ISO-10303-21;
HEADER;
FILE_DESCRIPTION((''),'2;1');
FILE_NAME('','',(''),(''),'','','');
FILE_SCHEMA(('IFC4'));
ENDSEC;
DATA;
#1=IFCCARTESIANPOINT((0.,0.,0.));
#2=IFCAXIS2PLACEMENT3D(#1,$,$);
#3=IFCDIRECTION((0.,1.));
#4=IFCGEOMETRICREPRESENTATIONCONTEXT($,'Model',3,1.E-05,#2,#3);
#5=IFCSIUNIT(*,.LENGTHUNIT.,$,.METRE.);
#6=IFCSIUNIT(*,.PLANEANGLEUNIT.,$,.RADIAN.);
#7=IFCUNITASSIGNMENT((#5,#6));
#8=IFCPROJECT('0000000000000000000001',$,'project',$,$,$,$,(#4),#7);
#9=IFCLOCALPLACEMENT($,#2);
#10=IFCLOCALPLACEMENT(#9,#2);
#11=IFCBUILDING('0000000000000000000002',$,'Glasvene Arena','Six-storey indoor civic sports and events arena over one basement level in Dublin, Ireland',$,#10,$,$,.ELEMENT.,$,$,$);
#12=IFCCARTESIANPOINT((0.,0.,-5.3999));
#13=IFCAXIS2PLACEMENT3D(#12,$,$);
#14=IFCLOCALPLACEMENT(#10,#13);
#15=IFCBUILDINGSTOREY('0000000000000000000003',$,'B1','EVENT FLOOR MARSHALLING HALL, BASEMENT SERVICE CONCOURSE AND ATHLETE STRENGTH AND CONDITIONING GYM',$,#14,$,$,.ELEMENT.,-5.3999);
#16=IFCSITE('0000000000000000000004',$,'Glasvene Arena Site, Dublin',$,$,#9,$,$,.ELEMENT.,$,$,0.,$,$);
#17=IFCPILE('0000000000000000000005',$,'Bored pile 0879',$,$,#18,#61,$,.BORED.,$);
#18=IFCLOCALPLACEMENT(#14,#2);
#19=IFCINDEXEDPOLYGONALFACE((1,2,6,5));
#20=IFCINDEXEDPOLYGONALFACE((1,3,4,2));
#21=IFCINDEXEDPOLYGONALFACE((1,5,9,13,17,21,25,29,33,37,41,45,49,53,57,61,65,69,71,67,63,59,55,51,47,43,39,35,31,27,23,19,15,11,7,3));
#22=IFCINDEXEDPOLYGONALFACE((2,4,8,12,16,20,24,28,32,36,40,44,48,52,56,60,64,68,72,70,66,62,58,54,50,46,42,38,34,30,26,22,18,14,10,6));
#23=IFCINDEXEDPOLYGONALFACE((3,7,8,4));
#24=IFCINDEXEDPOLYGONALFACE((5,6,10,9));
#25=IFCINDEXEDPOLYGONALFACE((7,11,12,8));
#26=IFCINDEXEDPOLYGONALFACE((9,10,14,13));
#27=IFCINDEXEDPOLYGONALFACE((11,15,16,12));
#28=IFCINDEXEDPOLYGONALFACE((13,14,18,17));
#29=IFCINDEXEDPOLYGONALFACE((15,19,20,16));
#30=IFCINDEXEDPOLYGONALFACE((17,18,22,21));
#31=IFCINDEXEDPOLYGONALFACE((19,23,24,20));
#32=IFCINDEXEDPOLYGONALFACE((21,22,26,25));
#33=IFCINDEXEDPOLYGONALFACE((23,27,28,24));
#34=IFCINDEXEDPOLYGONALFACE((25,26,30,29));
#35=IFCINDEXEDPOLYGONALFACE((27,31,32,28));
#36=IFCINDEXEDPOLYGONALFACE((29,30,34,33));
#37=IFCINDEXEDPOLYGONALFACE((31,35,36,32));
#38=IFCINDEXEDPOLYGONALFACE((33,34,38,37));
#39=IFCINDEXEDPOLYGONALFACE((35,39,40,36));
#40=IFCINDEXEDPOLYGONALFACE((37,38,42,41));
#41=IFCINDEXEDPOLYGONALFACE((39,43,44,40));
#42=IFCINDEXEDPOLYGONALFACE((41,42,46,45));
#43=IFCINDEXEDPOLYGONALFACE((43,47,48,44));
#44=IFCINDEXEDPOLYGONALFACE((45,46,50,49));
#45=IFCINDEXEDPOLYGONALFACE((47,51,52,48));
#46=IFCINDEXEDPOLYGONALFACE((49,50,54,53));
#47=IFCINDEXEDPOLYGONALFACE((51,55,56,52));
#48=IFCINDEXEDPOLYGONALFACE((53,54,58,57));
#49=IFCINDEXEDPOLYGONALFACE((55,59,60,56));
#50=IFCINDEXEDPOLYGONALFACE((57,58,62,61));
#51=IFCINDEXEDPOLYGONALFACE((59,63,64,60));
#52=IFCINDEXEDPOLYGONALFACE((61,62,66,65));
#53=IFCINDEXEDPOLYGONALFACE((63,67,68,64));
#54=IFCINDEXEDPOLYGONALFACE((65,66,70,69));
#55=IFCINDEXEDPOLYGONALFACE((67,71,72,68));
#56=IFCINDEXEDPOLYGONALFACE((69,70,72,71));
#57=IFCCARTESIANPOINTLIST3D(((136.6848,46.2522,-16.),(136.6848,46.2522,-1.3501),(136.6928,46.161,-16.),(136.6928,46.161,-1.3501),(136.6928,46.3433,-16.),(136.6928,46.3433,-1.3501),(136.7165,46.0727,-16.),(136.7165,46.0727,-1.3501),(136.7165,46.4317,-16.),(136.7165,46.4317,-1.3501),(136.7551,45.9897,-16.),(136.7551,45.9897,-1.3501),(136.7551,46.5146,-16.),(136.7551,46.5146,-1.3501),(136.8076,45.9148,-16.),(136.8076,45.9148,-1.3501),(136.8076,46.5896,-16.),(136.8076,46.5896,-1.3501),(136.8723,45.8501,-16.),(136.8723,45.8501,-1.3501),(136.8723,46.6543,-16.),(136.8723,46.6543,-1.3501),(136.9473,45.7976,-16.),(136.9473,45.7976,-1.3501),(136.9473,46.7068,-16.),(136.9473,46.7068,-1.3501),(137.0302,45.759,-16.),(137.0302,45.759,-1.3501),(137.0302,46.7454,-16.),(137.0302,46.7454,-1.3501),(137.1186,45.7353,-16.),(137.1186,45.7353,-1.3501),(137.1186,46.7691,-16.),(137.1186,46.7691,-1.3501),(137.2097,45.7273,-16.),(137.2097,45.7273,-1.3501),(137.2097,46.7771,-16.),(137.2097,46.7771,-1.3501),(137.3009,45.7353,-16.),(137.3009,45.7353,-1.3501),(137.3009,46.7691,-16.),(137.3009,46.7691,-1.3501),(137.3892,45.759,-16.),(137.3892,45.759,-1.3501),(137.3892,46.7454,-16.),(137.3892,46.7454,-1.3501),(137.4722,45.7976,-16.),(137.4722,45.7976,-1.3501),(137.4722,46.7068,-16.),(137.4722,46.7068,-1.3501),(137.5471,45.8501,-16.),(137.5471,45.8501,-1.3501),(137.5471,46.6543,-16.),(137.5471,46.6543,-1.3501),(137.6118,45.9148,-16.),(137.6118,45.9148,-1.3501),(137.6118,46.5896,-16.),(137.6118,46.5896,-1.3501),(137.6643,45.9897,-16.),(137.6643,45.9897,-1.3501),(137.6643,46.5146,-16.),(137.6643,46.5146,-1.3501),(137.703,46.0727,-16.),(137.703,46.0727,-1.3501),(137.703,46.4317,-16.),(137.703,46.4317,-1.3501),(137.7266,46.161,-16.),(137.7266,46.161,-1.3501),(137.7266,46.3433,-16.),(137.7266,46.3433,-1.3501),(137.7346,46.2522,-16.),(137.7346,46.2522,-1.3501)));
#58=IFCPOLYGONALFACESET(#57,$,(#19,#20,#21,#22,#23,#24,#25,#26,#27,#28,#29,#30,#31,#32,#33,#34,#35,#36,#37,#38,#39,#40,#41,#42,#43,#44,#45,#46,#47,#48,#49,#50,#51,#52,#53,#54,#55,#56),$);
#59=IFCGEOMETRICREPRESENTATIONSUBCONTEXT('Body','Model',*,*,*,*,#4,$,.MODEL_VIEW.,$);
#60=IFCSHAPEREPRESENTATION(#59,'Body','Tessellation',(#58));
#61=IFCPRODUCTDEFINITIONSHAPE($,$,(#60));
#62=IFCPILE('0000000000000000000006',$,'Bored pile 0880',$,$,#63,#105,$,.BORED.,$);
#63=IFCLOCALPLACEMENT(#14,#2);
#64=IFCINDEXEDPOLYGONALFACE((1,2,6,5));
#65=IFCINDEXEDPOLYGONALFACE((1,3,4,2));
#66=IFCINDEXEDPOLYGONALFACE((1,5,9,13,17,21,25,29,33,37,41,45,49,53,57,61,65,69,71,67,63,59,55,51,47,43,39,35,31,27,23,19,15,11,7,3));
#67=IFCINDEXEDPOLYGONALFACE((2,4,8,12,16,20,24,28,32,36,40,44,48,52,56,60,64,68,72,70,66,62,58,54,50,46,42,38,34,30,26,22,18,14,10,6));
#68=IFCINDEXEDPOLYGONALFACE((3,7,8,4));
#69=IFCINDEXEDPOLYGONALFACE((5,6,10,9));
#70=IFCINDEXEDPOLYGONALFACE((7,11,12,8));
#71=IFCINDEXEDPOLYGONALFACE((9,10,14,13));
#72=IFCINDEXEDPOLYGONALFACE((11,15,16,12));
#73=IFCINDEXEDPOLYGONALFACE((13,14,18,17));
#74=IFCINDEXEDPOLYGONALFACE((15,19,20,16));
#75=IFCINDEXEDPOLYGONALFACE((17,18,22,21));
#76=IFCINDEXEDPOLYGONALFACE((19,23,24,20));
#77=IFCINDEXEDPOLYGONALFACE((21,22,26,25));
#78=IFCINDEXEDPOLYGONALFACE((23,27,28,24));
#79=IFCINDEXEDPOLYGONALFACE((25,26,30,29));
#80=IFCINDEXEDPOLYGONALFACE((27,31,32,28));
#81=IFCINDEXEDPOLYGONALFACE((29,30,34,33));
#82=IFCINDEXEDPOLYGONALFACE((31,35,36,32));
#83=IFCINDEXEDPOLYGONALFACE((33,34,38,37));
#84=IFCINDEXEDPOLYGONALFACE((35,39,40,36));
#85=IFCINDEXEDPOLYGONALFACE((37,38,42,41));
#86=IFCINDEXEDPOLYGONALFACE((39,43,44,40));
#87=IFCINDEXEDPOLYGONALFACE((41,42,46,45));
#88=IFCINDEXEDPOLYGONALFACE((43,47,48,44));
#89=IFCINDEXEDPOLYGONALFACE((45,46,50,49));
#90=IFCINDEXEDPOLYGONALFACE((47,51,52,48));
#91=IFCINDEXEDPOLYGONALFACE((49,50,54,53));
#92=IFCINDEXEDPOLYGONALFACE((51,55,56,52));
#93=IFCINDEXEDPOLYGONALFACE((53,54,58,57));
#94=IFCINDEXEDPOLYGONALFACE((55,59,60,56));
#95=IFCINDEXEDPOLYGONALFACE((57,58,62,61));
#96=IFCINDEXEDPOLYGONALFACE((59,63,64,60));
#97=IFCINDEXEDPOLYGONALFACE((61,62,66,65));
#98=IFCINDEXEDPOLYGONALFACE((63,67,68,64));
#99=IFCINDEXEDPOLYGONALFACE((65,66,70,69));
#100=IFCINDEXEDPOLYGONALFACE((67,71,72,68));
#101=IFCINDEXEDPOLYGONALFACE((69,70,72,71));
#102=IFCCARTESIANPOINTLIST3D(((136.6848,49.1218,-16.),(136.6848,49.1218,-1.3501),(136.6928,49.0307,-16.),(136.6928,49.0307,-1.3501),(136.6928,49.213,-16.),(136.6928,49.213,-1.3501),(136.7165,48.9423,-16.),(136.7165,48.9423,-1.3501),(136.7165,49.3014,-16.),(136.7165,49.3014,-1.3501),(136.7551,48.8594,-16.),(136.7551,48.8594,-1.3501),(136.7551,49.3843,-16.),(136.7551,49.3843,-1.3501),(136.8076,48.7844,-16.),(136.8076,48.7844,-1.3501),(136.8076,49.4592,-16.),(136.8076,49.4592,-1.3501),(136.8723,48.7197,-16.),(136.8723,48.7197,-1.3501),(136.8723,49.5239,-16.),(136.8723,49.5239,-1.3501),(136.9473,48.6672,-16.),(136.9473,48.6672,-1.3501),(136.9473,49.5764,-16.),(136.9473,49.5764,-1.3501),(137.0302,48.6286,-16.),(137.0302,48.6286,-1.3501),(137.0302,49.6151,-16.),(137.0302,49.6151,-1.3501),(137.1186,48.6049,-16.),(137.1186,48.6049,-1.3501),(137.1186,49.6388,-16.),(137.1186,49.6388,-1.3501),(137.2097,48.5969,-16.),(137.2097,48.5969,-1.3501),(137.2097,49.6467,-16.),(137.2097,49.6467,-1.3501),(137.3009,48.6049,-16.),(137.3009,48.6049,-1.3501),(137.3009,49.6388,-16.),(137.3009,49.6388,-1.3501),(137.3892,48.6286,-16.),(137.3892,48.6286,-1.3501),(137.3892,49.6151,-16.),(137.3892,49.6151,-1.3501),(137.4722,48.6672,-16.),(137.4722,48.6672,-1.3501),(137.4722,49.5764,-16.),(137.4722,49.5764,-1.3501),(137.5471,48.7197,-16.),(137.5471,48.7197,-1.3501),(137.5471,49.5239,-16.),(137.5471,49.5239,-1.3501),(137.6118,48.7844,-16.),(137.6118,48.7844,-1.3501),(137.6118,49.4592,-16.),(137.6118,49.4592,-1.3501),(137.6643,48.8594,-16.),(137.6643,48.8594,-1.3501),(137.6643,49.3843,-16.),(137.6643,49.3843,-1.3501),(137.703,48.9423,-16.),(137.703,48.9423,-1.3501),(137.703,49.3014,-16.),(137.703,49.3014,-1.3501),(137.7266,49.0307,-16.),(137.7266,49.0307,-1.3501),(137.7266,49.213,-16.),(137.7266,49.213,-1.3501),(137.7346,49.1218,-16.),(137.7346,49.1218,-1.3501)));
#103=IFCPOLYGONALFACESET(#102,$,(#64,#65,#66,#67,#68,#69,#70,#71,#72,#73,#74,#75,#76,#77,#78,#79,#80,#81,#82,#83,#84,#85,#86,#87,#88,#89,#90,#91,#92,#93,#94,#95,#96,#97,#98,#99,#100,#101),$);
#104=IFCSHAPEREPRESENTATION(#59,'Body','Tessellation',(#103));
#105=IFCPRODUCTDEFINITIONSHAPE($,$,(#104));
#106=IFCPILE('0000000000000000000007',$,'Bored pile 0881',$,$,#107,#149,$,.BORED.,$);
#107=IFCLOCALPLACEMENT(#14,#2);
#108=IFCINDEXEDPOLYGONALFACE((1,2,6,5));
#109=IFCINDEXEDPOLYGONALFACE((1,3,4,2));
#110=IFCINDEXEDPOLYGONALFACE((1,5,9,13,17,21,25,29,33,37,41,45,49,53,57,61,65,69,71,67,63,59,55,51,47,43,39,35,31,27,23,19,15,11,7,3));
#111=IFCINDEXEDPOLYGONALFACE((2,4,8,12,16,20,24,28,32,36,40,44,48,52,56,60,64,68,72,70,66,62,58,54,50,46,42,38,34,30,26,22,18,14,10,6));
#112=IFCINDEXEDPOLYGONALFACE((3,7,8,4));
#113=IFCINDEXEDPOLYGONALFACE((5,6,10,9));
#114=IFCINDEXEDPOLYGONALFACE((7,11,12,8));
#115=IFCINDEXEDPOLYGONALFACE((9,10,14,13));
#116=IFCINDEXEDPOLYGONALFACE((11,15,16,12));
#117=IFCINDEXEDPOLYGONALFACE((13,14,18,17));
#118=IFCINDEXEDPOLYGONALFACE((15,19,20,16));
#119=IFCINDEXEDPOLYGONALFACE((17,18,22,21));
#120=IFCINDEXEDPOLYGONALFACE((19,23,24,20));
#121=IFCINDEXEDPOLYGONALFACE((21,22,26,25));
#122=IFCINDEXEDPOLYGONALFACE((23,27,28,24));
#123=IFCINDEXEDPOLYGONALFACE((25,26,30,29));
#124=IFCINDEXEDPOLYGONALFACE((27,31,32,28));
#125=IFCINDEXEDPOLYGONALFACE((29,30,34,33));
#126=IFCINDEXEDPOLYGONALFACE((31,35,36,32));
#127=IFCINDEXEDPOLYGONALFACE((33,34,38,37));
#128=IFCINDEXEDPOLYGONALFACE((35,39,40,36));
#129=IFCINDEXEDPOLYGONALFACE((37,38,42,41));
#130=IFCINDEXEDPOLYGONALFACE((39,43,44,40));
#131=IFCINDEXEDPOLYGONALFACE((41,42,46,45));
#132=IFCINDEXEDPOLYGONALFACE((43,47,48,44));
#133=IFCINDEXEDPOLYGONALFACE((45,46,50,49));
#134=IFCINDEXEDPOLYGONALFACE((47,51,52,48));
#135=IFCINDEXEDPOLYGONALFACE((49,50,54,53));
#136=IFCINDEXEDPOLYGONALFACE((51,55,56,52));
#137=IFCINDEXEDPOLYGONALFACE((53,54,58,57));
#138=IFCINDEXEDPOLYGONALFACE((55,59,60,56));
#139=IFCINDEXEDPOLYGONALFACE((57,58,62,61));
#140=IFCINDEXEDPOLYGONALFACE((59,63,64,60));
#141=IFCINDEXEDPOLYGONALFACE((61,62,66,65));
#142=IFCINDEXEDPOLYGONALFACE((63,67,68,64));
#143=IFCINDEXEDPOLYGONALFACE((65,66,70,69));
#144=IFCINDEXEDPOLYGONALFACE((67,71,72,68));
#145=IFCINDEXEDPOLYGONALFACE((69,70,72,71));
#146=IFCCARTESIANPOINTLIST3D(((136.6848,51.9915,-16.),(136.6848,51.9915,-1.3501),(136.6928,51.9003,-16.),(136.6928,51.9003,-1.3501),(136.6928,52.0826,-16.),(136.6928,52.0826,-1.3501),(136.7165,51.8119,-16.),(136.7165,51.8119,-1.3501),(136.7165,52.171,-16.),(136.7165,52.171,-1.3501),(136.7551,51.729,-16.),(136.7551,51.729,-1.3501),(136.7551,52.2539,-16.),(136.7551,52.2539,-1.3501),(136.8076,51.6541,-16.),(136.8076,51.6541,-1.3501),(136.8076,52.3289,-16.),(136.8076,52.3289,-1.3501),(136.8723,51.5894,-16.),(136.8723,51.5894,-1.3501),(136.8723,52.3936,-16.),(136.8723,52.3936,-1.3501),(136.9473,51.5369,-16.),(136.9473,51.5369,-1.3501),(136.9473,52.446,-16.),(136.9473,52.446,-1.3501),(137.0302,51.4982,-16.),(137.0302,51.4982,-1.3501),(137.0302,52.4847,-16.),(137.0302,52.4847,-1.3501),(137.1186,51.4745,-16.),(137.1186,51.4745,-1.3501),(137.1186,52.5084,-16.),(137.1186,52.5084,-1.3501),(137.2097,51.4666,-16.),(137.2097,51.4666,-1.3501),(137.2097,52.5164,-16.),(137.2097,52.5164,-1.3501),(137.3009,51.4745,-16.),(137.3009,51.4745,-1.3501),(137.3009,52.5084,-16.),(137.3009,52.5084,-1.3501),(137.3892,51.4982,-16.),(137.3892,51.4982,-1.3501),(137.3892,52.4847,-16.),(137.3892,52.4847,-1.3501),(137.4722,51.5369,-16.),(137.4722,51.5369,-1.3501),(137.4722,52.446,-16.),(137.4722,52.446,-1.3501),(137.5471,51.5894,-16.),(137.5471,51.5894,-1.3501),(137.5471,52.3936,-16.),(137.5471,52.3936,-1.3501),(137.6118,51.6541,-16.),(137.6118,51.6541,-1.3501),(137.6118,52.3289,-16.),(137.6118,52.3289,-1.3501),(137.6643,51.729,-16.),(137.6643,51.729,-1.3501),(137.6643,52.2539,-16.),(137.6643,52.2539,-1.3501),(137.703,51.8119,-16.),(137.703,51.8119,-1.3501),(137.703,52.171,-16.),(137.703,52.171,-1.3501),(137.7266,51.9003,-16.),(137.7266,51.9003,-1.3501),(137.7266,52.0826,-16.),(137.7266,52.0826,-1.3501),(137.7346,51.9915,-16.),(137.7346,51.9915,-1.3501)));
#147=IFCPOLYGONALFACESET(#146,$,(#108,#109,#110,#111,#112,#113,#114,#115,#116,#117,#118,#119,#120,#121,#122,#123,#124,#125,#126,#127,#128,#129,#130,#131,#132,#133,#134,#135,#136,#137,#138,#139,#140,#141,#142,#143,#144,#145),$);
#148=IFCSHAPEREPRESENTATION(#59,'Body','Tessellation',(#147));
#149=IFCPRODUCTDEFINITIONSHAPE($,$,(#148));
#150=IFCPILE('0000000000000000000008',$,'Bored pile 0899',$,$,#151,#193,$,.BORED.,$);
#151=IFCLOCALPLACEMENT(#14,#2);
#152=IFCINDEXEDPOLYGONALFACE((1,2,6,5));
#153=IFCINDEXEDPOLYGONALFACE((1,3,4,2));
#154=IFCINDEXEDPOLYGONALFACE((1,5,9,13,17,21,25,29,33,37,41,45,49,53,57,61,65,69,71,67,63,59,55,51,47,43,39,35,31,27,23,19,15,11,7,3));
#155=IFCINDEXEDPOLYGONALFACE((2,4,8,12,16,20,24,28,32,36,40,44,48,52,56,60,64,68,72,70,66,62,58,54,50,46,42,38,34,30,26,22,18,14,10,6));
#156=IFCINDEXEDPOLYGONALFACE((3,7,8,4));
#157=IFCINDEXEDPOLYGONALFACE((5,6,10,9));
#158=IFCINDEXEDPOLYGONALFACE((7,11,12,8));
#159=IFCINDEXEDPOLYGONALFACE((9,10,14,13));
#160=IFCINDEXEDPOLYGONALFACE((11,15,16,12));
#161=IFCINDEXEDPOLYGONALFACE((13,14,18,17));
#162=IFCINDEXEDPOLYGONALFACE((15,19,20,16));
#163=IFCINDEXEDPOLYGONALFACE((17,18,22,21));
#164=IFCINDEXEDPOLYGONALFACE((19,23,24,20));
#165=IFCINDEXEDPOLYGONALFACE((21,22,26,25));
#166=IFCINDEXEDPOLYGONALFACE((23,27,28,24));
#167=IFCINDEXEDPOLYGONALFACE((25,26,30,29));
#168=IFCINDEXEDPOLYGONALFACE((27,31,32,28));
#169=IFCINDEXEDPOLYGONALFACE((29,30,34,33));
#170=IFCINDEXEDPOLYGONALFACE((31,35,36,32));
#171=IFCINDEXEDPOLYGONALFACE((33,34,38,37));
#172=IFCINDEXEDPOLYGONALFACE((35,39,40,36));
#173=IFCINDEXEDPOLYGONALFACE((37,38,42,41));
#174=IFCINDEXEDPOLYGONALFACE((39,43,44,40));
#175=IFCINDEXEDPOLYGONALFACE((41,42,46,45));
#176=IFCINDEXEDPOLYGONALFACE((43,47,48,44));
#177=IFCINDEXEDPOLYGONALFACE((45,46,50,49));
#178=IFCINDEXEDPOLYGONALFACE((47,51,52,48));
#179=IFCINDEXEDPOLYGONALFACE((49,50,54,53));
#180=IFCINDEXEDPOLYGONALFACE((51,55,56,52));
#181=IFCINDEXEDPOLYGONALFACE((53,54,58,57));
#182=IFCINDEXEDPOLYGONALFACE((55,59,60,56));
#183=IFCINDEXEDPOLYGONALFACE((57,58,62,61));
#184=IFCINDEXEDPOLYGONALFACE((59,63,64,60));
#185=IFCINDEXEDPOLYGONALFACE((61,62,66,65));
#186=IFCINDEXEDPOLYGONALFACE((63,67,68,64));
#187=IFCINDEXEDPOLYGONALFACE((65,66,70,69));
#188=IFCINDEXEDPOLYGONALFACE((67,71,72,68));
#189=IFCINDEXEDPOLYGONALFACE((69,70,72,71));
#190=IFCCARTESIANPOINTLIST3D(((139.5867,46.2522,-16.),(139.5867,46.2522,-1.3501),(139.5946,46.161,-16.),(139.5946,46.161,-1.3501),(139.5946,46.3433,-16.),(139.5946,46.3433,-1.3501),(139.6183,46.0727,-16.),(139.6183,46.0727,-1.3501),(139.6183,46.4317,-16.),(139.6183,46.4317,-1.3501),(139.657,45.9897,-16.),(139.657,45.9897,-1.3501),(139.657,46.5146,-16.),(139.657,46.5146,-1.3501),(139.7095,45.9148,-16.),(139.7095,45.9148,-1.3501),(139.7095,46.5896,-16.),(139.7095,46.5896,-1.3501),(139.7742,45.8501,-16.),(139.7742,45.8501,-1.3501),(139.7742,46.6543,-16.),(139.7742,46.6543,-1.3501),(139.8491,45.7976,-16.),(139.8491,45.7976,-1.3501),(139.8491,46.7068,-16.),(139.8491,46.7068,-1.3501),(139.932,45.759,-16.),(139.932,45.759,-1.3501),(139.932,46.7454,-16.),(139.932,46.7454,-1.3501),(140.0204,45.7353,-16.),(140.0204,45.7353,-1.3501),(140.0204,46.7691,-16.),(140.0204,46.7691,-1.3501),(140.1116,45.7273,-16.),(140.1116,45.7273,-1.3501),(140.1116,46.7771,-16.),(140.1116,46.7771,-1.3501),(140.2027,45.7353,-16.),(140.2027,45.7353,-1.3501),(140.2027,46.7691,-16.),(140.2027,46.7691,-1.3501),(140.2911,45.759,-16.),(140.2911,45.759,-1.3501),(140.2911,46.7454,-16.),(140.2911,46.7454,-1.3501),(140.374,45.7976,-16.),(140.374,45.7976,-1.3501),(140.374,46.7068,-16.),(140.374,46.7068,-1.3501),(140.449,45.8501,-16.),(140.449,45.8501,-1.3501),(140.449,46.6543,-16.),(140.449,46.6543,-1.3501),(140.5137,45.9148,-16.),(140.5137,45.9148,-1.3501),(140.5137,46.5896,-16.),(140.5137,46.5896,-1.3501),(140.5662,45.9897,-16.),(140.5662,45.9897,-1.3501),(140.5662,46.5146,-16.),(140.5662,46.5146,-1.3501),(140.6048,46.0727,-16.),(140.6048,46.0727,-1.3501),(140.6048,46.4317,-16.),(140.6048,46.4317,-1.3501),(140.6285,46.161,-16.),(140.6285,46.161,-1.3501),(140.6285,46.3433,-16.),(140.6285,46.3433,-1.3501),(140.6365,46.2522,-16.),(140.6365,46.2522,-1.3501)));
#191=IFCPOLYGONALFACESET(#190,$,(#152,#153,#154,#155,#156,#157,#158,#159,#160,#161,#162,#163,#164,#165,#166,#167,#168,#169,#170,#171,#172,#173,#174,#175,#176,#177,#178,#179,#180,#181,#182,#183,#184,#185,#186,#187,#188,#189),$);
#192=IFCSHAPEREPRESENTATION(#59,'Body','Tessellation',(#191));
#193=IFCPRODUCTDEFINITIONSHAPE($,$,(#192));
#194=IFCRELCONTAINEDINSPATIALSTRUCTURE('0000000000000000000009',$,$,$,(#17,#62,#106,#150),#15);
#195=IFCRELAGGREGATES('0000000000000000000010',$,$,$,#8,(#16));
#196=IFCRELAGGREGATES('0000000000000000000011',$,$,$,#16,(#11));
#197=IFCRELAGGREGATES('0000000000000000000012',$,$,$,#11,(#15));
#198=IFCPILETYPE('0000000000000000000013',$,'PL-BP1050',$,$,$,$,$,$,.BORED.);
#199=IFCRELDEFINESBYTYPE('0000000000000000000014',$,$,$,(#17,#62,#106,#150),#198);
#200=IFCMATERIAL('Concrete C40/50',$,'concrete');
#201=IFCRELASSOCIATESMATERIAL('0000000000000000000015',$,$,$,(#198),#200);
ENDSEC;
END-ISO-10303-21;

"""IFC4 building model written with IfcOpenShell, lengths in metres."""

from ifc_helpers import new_model, si_unit, direction, frame, origin, origin_2d, place, context, subcontext, project, spatial, circle, extrude, material, material_profile, profile_set, type_object, element, save


model = new_model("IFC4")

# Units and contexts
model_context = context("Model", 3, precision=1e-05, world=origin(), true_north=direction((0.0, 1.0)))
body_context = subcontext(model_context, "Body", "Model", "MODEL_VIEW")
ifc_project = project(units=[si_unit("LENGTHUNIT", "METRE"), si_unit("PLANEANGLEUNIT", "RADIAN")], contexts=[model_context])

# Site, building, storey
site_placement = place(None, origin())
site = spatial("IfcSite", under=ifc_project, at=site_placement, Name="Glasvene Arena Site, Dublin", CompositionType="ELEMENT", RefElevation=0.0)
building_placement = place(site_placement, origin())
building = spatial("IfcBuilding", under=site, at=building_placement, Name="Glasvene Arena", Description="Six-storey indoor civic sports and events arena over one basement level in Dublin, Ireland", CompositionType="ELEMENT")
storey_placement = place(building_placement, frame((0.0, 0.0, -5.3999)))
storey = spatial("IfcBuildingStorey", under=building, at=storey_placement, Name="B1", Description="EVENT FLOOR MARSHALLING HALL, BASEMENT SERVICE CONCOURSE AND ATHLETE STRENGTH AND CONDITIONING GYM", CompositionType="ELEMENT", Elevation=-5.3999)

# Piles
ifc_material_1 = material(Name="Concrete C40/50", Category="concrete")
ifc_material_profile_1 = material_profile(ifc_material_1, circle(Radius=0.5249, at=origin_2d()), Name="BORED PILE 1050")
ifc_profile_set_1 = profile_set([ifc_material_profile_1], Name="Concrete C40/50")
pile_type = type_object("IfcPileType", Name="PL-BP1050", PredefinedType="BORED", material=ifc_profile_set_1)
for number, where, z_axis, x_axis, name in (
    (1, (137.2097, 46.2522, -1.3501), (0.0, 0.0, -1.0), (1.0, 0.0, 0.0), "Bored pile 0879"),
    (2, (137.2097, 49.1218, -1.3501), (0.0, 0.0, -1.0), (1.0, 0.0, 0.0), "Bored pile 0880"),
    (3, (137.2097, 51.9915, -1.3501), (0.0, 0.0, -1.0), (1.0, 0.0, 0.0), "Bored pile 0881"),
    (4, (140.1116, 46.2522, -1.3501), (0.0, 0.0, -1.0), (1.0, 0.0, 0.0), "Bored pile 0899"),
):
    element("IfcPile", number, at=place(storey_placement, frame(where, z_axis=z_axis, x_axis=x_axis)), inside=storey, type_object=pile_type, Name=name, PredefinedType="BORED", context=body_context, shape_type="SweptSolid", body=[
        extrude(circle(Radius=0.5249, at=origin_2d()), origin(), (0.0, 0.0, 1.0), 14.6499),
    ])

save(model, "model.ifc")
